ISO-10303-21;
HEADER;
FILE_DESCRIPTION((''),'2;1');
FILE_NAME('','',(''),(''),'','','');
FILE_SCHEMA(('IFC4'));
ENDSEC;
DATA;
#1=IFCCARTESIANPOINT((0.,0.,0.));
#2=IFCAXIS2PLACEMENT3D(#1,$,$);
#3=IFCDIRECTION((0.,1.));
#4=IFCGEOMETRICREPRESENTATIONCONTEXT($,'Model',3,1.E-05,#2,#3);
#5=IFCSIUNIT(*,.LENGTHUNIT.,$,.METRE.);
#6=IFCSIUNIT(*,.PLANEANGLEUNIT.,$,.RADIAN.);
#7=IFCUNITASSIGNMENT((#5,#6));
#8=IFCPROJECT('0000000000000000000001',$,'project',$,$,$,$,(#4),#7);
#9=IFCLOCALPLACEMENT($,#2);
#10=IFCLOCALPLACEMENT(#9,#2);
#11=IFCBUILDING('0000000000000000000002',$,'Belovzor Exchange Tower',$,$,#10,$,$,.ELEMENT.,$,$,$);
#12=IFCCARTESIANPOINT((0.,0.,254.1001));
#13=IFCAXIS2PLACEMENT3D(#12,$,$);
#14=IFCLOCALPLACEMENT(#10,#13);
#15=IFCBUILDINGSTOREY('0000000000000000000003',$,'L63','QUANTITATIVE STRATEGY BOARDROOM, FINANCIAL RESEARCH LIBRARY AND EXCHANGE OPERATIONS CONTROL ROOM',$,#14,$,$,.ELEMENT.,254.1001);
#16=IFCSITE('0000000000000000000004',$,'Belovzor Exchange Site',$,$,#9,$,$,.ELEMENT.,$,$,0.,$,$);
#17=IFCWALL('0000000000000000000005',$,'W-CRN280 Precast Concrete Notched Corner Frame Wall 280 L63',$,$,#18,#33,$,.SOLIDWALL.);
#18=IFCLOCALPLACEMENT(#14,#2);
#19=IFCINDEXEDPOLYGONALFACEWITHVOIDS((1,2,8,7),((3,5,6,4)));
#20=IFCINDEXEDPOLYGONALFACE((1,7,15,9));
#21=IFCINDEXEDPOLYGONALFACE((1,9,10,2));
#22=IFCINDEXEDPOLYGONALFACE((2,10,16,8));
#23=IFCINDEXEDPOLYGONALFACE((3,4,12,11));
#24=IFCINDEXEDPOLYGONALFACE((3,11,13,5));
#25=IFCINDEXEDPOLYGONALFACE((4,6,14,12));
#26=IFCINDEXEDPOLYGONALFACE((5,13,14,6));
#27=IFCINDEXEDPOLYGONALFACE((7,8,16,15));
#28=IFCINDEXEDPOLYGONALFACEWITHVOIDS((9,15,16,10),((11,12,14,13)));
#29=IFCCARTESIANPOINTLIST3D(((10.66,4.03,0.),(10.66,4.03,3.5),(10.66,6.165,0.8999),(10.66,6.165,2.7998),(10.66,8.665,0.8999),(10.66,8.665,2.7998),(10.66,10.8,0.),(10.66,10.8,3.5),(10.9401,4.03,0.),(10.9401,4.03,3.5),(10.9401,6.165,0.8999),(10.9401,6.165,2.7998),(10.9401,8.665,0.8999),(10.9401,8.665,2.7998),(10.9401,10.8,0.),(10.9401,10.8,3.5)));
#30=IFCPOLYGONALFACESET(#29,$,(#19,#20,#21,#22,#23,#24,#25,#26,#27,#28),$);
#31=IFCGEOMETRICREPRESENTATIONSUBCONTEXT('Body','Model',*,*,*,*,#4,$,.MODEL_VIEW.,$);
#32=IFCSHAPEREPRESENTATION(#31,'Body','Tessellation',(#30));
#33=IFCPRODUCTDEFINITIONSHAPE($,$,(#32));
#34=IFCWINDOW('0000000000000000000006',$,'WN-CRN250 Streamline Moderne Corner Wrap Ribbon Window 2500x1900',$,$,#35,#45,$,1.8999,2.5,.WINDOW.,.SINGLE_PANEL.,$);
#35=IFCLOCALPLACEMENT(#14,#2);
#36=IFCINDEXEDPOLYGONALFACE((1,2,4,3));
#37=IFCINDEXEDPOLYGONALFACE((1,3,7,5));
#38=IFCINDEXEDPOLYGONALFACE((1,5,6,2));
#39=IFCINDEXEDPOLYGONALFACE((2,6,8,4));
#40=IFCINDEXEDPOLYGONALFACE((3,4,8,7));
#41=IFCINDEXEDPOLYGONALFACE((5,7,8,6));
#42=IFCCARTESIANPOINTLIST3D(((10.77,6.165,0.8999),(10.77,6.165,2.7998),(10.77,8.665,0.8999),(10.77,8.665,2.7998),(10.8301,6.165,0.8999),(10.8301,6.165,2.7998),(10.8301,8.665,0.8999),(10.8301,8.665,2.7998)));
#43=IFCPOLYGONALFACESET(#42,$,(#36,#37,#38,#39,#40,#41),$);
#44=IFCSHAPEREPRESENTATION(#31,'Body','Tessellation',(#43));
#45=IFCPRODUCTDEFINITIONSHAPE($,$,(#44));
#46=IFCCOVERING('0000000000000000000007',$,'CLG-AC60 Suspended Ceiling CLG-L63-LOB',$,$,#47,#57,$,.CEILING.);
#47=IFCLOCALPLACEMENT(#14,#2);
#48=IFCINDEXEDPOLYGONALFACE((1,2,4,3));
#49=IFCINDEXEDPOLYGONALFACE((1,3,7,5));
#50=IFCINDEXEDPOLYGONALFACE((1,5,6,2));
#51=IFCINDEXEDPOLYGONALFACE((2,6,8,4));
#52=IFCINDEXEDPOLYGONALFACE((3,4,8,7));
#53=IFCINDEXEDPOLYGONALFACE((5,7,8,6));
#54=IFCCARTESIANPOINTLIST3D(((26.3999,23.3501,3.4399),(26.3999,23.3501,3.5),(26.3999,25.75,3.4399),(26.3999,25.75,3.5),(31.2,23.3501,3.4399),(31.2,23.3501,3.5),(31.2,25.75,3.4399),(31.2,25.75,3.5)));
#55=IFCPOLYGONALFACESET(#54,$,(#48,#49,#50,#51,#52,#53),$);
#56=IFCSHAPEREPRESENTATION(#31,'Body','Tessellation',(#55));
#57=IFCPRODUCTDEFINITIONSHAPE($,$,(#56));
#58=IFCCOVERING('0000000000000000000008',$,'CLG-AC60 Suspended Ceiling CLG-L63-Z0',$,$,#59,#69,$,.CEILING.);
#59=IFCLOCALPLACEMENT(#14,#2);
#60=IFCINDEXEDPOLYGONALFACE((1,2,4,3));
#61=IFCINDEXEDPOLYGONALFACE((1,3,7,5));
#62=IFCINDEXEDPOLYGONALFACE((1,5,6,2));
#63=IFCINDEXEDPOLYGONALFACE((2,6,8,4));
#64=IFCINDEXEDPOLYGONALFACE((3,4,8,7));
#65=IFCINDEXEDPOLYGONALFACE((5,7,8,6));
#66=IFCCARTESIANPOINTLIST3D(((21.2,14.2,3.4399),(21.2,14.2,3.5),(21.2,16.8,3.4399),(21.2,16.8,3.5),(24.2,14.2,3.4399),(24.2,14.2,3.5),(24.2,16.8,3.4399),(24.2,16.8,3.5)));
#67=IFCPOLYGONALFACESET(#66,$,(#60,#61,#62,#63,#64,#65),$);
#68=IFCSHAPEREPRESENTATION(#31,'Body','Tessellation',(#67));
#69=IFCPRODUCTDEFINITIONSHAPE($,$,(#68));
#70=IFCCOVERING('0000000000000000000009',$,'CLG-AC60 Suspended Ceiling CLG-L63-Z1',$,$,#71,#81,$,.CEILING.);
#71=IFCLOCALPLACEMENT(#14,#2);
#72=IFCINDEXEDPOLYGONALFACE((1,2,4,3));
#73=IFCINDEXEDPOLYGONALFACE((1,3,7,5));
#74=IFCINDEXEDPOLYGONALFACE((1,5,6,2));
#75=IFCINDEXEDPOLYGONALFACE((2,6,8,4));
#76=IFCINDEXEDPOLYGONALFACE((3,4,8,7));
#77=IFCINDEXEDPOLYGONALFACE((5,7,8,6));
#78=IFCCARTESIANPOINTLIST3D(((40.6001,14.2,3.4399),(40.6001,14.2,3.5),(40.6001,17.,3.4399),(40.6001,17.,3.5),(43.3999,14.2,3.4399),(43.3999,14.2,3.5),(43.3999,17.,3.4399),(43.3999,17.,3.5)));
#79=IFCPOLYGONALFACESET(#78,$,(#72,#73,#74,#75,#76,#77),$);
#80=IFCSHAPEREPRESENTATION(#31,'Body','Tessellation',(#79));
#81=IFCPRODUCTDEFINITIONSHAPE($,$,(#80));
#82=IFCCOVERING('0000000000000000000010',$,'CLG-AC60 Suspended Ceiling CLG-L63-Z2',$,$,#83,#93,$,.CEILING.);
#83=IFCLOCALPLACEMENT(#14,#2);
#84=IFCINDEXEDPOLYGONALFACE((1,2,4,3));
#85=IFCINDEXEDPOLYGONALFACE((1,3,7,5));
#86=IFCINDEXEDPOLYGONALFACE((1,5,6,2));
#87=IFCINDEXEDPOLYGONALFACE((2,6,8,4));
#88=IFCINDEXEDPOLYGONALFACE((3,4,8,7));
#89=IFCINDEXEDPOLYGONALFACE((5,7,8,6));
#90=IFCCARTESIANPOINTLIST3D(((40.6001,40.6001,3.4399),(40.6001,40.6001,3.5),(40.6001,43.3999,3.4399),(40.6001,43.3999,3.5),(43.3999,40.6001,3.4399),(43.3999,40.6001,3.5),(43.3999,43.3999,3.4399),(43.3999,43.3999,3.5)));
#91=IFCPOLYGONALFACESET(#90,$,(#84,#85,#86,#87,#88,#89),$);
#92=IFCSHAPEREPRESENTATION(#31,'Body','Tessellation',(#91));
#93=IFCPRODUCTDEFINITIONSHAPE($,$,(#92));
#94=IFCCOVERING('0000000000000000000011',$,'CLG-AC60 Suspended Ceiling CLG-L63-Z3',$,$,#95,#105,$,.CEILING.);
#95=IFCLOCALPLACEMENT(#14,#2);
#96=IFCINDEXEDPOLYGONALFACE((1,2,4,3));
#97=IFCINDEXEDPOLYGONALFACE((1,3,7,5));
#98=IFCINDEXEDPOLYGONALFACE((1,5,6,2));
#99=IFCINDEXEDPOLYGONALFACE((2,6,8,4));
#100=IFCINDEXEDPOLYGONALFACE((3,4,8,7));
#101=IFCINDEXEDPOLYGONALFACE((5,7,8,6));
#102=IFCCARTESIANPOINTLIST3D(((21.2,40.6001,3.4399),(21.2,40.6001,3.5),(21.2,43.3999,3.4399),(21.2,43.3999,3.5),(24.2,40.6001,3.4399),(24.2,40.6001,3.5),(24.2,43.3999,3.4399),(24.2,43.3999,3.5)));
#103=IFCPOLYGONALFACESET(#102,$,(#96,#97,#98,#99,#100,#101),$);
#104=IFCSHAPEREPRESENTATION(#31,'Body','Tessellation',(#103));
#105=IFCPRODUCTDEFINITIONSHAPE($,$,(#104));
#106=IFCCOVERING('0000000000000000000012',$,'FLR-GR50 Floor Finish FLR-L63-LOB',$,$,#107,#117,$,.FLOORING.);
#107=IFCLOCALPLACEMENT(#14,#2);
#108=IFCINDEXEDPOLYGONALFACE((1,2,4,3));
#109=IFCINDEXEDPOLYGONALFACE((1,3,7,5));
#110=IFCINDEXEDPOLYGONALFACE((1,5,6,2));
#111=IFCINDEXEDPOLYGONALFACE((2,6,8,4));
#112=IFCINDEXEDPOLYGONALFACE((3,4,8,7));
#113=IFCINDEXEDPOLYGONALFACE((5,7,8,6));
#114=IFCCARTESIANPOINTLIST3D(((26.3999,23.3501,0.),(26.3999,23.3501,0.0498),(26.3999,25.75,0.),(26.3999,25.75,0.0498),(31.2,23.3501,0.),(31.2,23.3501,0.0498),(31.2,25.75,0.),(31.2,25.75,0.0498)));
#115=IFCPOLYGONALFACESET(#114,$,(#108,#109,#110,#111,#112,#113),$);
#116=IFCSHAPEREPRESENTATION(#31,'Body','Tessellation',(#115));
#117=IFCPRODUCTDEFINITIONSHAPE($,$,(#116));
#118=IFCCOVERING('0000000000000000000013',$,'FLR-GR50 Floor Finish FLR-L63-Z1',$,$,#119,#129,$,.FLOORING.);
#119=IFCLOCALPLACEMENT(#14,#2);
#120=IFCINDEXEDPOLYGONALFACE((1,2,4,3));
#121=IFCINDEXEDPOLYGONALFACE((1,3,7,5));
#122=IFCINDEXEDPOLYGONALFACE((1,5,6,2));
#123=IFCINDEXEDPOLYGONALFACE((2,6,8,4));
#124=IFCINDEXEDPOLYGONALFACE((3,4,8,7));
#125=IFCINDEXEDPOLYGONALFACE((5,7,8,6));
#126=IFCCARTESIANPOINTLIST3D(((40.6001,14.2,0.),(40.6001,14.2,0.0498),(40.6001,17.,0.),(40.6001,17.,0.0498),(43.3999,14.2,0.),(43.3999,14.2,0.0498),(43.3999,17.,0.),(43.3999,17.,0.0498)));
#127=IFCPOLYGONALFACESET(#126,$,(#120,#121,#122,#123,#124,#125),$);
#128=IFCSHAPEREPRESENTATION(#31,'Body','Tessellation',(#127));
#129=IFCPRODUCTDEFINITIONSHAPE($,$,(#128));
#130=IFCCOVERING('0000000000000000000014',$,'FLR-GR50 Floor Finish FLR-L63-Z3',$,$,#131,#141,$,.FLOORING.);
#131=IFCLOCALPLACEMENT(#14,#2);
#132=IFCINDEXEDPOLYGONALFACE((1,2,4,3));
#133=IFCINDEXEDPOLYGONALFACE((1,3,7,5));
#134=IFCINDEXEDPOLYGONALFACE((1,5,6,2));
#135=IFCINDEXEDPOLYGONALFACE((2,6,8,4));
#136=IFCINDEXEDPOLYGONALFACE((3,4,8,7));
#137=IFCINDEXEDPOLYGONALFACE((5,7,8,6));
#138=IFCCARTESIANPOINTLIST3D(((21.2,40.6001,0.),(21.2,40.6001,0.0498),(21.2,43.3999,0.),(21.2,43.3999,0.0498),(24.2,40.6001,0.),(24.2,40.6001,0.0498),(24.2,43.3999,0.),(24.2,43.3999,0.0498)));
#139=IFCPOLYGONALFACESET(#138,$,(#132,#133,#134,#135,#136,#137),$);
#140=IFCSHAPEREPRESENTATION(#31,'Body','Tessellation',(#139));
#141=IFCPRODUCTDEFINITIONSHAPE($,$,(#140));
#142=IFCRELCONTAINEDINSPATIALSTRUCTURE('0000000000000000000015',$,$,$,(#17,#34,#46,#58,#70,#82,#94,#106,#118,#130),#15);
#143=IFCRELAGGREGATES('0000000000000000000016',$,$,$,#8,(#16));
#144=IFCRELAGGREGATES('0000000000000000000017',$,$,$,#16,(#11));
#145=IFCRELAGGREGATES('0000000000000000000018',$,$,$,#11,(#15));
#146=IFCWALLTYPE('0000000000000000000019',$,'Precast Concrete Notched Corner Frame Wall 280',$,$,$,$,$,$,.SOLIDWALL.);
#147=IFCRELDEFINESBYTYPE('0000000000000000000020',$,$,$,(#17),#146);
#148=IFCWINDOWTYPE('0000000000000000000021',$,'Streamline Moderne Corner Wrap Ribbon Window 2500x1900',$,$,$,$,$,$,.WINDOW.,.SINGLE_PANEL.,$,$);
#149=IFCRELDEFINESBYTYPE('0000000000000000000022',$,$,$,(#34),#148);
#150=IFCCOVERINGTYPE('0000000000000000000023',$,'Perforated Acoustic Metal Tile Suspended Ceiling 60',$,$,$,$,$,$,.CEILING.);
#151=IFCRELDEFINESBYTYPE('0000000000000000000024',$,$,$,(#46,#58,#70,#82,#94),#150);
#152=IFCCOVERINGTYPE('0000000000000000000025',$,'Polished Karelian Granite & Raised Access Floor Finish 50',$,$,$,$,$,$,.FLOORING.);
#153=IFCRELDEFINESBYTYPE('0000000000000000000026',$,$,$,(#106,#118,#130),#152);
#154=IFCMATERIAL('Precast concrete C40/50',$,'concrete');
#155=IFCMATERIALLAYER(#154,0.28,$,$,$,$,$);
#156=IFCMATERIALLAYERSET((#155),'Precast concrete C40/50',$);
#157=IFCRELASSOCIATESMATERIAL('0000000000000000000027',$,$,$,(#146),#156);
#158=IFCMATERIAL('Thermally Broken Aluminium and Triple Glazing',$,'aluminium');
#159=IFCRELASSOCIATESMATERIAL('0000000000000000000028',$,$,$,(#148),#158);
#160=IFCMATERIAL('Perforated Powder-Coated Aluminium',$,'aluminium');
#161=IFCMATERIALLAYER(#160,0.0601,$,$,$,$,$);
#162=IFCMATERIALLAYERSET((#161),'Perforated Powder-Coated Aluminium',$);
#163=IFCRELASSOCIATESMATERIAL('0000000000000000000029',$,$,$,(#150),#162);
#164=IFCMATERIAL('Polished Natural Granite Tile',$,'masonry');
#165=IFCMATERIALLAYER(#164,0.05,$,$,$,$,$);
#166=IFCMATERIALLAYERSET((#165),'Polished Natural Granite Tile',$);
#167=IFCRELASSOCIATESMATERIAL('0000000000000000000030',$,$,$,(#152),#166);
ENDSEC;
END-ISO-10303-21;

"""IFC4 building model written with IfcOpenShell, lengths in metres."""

from ifc_helpers import new_model, si_unit, direction, frame, frame_2d, origin, place, context, subcontext, project, spatial, polyline, rectangle, outline, extrude, material, layer, layer_set, type_object, element, fill, save


model = new_model("IFC4")

# Units and contexts
model_context = context("Model", 3, precision=1e-05, world=origin(), true_north=direction((0.0, 1.0)))
body_context = subcontext(model_context, "Body", "Model", "MODEL_VIEW")
ifc_project = project(units=[si_unit("LENGTHUNIT", "METRE"), si_unit("PLANEANGLEUNIT", "RADIAN")], contexts=[model_context])

# Site, building, storey
site_placement = place(None, origin())
site = spatial("IfcSite", under=ifc_project, at=site_placement, Name="Belovzor Exchange Site", CompositionType="ELEMENT", RefElevation=0.0)
building_placement = place(site_placement, origin())
building = spatial("IfcBuilding", under=site, at=building_placement, Name="Belovzor Exchange Tower", CompositionType="ELEMENT")
storey_placement = place(building_placement, frame((0.0, 0.0, 254.1001)))
storey = spatial("IfcBuildingStorey", under=building, at=storey_placement, Name="L63", Description="QUANTITATIVE STRATEGY BOARDROOM, FINANCIAL RESEARCH LIBRARY AND EXCHANGE OPERATIONS CONTROL ROOM", CompositionType="ELEMENT", Elevation=254.1001)

# Wall, opening, window
ifc_material_1 = material(Name="Precast concrete C40/50", Category="concrete")
ifc_layer_1 = layer(ifc_material_1, 0.28)
ifc_layer_set_1 = layer_set([ifc_layer_1], Name="Precast concrete C40/50")
wall_type = type_object("IfcWallType", Name="Precast Concrete Notched Corner Frame Wall 280", PredefinedType="SOLIDWALL", material=ifc_layer_set_1)
wall_placement = place(storey_placement, frame((10.8, 4.03, 0.0), z_axis=(0.0, 0.0, 1.0), x_axis=(0.0, 1.0, 0.0)))
wall = element("IfcWall", 1, at=wall_placement, inside=storey, type_object=wall_type, Name="W-CRN280 Precast Concrete Notched Corner Frame Wall 280 L63", PredefinedType="SOLIDWALL", context=body_context, shape_type="SweptSolid", body=[
    extrude(rectangle(XDim=6.77, YDim=0.28, at=frame_2d((3.385, 0.0))), origin(), (0.0, 0.0, 1.0), 3.5),
])
opening_placement = place(wall_placement, frame((2.135, 0.0, 0.8999)))
opening = element("IfcOpeningElement", 2, at=opening_placement, cuts=wall, PredefinedType="OPENING", context=body_context, shape_type="SweptSolid", body=[
    extrude(rectangle(XDim=2.5, YDim=1.8999, at=frame_2d((1.25, 0.95))), frame((0.0, 0.1499, 0.0), z_axis=(0.0, -1.0, 0.0), x_axis=(1.0, 0.0, 0.0)), (0.0, 0.0, 1.0), 0.3),
])
ifc_material_2 = material(Name="Thermally Broken Aluminium and Triple Glazing", Category="aluminium")
window_type = type_object("IfcWindowType", Name="Streamline Moderne Corner Wrap Ribbon Window 2500x1900", PartitioningType="SINGLE_PANEL", PredefinedType="WINDOW", material=ifc_material_2)
window_placement = place(opening_placement, origin())
window = element("IfcWindow", 3, at=window_placement, inside=storey, type_object=window_type, Name="WN-CRN250 Streamline Moderne Corner Wrap Ribbon Window 2500x1900", OverallHeight=1.8999, OverallWidth=2.5, PartitioningType="SINGLE_PANEL", PredefinedType="WINDOW", context=body_context, shape_type="SweptSolid", body=[
    extrude(rectangle(XDim=2.5, YDim=1.8999, at=frame_2d((1.25, 0.95))), frame((0.0, 0.03, 0.0), z_axis=(0.0, -1.0, 0.0), x_axis=(1.0, 0.0, 0.0)), (0.0, 0.0, 1.0), 0.0601),
])
fill(opening, window)

# Coverings
ifc_material_3 = material(Name="Perforated Powder-Coated Aluminium", Category="aluminium")
ifc_layer_2 = layer(ifc_material_3, 0.0601)
ifc_layer_set_2 = layer_set([ifc_layer_2], Name="Perforated Powder-Coated Aluminium")
covering_type_1 = type_object("IfcCoveringType", Name="Perforated Acoustic Metal Tile Suspended Ceiling 60", PredefinedType="CEILING", material=ifc_layer_set_2)
covering_1_placement = place(storey_placement, frame((0.0, 0.0, 3.4399)))
element("IfcCovering", 4, at=covering_1_placement, inside=storey, type_object=covering_type_1, Name="CLG-AC60 Suspended Ceiling CLG-L63-LOB", PredefinedType="CEILING", context=body_context, shape_type="SweptSolid", body=[
    extrude(outline(polyline([(26.3999, 23.3501), (31.2, 23.3501), (31.2, 25.75), (26.3999, 25.75), (26.3999, 23.3501)])), origin(), (0.0, 0.0, 1.0), 0.0601),
])
covering_2_placement = place(storey_placement, frame((0.0, 0.0, 3.4399)))
element("IfcCovering", 5, at=covering_2_placement, inside=storey, type_object=covering_type_1, Name="CLG-AC60 Suspended Ceiling CLG-L63-Z0", PredefinedType="CEILING", context=body_context, shape_type="SweptSolid", body=[
    extrude(outline(polyline([(21.2, 14.2), (24.2, 14.2), (24.2, 16.8), (21.2, 16.8), (21.2, 14.2)])), origin(), (0.0, 0.0, 1.0), 0.0601),
])
covering_3_placement = place(storey_placement, frame((0.0, 0.0, 3.4399)))
element("IfcCovering", 6, at=covering_3_placement, inside=storey, type_object=covering_type_1, Name="CLG-AC60 Suspended Ceiling CLG-L63-Z1", PredefinedType="CEILING", context=body_context, shape_type="SweptSolid", body=[
    extrude(outline(polyline([(40.6001, 14.2), (43.3999, 14.2), (43.3999, 17.0), (40.6001, 17.0), (40.6001, 14.2)])), origin(), (0.0, 0.0, 1.0), 0.0601),
])
covering_4_placement = place(storey_placement, frame((0.0, 0.0, 3.4399)))
element("IfcCovering", 7, at=covering_4_placement, inside=storey, type_object=covering_type_1, Name="CLG-AC60 Suspended Ceiling CLG-L63-Z2", PredefinedType="CEILING", context=body_context, shape_type="SweptSolid", body=[
    extrude(outline(polyline([(40.6001, 40.6001), (43.3999, 40.6001), (43.3999, 43.3999), (40.6001, 43.3999), (40.6001, 40.6001)])), origin(), (0.0, 0.0, 1.0), 0.0601),
])
covering_5_placement = place(storey_placement, frame((0.0, 0.0, 3.4399)))
element("IfcCovering", 8, at=covering_5_placement, inside=storey, type_object=covering_type_1, Name="CLG-AC60 Suspended Ceiling CLG-L63-Z3", PredefinedType="CEILING", context=body_context, shape_type="SweptSolid", body=[
    extrude(outline(polyline([(21.2, 40.6001), (24.2, 40.6001), (24.2, 43.3999), (21.2, 43.3999), (21.2, 40.6001)])), origin(), (0.0, 0.0, 1.0), 0.0601),
])
ifc_material_4 = material(Name="Polished Natural Granite Tile", Category="masonry")
ifc_layer_3 = layer(ifc_material_4, 0.05)
ifc_layer_set_3 = layer_set([ifc_layer_3], Name="Polished Natural Granite Tile")
covering_type_2 = type_object("IfcCoveringType", Name="Polished Karelian Granite & Raised Access Floor Finish 50", PredefinedType="FLOORING", material=ifc_layer_set_3)
covering_6_placement = place(storey_placement, origin())
element("IfcCovering", 9, at=covering_6_placement, inside=storey, type_object=covering_type_2, Name="FLR-GR50 Floor Finish FLR-L63-LOB", PredefinedType="FLOORING", context=body_context, shape_type="SweptSolid", body=[
    extrude(outline(polyline([(26.3999, 23.3501), (31.2, 23.3501), (31.2, 25.75), (26.3999, 25.75), (26.3999, 23.3501)])), origin(), (0.0, 0.0, 1.0), 0.0498),
])
covering_7_placement = place(storey_placement, origin())
element("IfcCovering", 10, at=covering_7_placement, inside=storey, type_object=covering_type_2, Name="FLR-GR50 Floor Finish FLR-L63-Z1", PredefinedType="FLOORING", context=body_context, shape_type="SweptSolid", body=[
    extrude(outline(polyline([(40.6001, 14.2), (43.3999, 14.2), (43.3999, 17.0), (40.6001, 17.0), (40.6001, 14.2)])), origin(), (0.0, 0.0, 1.0), 0.0498),
])
covering_8_placement = place(storey_placement, origin())
element("IfcCovering", 11, at=covering_8_placement, inside=storey, type_object=covering_type_2, Name="FLR-GR50 Floor Finish FLR-L63-Z3", PredefinedType="FLOORING", context=body_context, shape_type="SweptSolid", body=[
    extrude(outline(polyline([(21.2, 40.6001), (24.2, 40.6001), (24.2, 43.3999), (21.2, 43.3999), (21.2, 40.6001)])), origin(), (0.0, 0.0, 1.0), 0.0498),
])

save(model, "model.ifc")
